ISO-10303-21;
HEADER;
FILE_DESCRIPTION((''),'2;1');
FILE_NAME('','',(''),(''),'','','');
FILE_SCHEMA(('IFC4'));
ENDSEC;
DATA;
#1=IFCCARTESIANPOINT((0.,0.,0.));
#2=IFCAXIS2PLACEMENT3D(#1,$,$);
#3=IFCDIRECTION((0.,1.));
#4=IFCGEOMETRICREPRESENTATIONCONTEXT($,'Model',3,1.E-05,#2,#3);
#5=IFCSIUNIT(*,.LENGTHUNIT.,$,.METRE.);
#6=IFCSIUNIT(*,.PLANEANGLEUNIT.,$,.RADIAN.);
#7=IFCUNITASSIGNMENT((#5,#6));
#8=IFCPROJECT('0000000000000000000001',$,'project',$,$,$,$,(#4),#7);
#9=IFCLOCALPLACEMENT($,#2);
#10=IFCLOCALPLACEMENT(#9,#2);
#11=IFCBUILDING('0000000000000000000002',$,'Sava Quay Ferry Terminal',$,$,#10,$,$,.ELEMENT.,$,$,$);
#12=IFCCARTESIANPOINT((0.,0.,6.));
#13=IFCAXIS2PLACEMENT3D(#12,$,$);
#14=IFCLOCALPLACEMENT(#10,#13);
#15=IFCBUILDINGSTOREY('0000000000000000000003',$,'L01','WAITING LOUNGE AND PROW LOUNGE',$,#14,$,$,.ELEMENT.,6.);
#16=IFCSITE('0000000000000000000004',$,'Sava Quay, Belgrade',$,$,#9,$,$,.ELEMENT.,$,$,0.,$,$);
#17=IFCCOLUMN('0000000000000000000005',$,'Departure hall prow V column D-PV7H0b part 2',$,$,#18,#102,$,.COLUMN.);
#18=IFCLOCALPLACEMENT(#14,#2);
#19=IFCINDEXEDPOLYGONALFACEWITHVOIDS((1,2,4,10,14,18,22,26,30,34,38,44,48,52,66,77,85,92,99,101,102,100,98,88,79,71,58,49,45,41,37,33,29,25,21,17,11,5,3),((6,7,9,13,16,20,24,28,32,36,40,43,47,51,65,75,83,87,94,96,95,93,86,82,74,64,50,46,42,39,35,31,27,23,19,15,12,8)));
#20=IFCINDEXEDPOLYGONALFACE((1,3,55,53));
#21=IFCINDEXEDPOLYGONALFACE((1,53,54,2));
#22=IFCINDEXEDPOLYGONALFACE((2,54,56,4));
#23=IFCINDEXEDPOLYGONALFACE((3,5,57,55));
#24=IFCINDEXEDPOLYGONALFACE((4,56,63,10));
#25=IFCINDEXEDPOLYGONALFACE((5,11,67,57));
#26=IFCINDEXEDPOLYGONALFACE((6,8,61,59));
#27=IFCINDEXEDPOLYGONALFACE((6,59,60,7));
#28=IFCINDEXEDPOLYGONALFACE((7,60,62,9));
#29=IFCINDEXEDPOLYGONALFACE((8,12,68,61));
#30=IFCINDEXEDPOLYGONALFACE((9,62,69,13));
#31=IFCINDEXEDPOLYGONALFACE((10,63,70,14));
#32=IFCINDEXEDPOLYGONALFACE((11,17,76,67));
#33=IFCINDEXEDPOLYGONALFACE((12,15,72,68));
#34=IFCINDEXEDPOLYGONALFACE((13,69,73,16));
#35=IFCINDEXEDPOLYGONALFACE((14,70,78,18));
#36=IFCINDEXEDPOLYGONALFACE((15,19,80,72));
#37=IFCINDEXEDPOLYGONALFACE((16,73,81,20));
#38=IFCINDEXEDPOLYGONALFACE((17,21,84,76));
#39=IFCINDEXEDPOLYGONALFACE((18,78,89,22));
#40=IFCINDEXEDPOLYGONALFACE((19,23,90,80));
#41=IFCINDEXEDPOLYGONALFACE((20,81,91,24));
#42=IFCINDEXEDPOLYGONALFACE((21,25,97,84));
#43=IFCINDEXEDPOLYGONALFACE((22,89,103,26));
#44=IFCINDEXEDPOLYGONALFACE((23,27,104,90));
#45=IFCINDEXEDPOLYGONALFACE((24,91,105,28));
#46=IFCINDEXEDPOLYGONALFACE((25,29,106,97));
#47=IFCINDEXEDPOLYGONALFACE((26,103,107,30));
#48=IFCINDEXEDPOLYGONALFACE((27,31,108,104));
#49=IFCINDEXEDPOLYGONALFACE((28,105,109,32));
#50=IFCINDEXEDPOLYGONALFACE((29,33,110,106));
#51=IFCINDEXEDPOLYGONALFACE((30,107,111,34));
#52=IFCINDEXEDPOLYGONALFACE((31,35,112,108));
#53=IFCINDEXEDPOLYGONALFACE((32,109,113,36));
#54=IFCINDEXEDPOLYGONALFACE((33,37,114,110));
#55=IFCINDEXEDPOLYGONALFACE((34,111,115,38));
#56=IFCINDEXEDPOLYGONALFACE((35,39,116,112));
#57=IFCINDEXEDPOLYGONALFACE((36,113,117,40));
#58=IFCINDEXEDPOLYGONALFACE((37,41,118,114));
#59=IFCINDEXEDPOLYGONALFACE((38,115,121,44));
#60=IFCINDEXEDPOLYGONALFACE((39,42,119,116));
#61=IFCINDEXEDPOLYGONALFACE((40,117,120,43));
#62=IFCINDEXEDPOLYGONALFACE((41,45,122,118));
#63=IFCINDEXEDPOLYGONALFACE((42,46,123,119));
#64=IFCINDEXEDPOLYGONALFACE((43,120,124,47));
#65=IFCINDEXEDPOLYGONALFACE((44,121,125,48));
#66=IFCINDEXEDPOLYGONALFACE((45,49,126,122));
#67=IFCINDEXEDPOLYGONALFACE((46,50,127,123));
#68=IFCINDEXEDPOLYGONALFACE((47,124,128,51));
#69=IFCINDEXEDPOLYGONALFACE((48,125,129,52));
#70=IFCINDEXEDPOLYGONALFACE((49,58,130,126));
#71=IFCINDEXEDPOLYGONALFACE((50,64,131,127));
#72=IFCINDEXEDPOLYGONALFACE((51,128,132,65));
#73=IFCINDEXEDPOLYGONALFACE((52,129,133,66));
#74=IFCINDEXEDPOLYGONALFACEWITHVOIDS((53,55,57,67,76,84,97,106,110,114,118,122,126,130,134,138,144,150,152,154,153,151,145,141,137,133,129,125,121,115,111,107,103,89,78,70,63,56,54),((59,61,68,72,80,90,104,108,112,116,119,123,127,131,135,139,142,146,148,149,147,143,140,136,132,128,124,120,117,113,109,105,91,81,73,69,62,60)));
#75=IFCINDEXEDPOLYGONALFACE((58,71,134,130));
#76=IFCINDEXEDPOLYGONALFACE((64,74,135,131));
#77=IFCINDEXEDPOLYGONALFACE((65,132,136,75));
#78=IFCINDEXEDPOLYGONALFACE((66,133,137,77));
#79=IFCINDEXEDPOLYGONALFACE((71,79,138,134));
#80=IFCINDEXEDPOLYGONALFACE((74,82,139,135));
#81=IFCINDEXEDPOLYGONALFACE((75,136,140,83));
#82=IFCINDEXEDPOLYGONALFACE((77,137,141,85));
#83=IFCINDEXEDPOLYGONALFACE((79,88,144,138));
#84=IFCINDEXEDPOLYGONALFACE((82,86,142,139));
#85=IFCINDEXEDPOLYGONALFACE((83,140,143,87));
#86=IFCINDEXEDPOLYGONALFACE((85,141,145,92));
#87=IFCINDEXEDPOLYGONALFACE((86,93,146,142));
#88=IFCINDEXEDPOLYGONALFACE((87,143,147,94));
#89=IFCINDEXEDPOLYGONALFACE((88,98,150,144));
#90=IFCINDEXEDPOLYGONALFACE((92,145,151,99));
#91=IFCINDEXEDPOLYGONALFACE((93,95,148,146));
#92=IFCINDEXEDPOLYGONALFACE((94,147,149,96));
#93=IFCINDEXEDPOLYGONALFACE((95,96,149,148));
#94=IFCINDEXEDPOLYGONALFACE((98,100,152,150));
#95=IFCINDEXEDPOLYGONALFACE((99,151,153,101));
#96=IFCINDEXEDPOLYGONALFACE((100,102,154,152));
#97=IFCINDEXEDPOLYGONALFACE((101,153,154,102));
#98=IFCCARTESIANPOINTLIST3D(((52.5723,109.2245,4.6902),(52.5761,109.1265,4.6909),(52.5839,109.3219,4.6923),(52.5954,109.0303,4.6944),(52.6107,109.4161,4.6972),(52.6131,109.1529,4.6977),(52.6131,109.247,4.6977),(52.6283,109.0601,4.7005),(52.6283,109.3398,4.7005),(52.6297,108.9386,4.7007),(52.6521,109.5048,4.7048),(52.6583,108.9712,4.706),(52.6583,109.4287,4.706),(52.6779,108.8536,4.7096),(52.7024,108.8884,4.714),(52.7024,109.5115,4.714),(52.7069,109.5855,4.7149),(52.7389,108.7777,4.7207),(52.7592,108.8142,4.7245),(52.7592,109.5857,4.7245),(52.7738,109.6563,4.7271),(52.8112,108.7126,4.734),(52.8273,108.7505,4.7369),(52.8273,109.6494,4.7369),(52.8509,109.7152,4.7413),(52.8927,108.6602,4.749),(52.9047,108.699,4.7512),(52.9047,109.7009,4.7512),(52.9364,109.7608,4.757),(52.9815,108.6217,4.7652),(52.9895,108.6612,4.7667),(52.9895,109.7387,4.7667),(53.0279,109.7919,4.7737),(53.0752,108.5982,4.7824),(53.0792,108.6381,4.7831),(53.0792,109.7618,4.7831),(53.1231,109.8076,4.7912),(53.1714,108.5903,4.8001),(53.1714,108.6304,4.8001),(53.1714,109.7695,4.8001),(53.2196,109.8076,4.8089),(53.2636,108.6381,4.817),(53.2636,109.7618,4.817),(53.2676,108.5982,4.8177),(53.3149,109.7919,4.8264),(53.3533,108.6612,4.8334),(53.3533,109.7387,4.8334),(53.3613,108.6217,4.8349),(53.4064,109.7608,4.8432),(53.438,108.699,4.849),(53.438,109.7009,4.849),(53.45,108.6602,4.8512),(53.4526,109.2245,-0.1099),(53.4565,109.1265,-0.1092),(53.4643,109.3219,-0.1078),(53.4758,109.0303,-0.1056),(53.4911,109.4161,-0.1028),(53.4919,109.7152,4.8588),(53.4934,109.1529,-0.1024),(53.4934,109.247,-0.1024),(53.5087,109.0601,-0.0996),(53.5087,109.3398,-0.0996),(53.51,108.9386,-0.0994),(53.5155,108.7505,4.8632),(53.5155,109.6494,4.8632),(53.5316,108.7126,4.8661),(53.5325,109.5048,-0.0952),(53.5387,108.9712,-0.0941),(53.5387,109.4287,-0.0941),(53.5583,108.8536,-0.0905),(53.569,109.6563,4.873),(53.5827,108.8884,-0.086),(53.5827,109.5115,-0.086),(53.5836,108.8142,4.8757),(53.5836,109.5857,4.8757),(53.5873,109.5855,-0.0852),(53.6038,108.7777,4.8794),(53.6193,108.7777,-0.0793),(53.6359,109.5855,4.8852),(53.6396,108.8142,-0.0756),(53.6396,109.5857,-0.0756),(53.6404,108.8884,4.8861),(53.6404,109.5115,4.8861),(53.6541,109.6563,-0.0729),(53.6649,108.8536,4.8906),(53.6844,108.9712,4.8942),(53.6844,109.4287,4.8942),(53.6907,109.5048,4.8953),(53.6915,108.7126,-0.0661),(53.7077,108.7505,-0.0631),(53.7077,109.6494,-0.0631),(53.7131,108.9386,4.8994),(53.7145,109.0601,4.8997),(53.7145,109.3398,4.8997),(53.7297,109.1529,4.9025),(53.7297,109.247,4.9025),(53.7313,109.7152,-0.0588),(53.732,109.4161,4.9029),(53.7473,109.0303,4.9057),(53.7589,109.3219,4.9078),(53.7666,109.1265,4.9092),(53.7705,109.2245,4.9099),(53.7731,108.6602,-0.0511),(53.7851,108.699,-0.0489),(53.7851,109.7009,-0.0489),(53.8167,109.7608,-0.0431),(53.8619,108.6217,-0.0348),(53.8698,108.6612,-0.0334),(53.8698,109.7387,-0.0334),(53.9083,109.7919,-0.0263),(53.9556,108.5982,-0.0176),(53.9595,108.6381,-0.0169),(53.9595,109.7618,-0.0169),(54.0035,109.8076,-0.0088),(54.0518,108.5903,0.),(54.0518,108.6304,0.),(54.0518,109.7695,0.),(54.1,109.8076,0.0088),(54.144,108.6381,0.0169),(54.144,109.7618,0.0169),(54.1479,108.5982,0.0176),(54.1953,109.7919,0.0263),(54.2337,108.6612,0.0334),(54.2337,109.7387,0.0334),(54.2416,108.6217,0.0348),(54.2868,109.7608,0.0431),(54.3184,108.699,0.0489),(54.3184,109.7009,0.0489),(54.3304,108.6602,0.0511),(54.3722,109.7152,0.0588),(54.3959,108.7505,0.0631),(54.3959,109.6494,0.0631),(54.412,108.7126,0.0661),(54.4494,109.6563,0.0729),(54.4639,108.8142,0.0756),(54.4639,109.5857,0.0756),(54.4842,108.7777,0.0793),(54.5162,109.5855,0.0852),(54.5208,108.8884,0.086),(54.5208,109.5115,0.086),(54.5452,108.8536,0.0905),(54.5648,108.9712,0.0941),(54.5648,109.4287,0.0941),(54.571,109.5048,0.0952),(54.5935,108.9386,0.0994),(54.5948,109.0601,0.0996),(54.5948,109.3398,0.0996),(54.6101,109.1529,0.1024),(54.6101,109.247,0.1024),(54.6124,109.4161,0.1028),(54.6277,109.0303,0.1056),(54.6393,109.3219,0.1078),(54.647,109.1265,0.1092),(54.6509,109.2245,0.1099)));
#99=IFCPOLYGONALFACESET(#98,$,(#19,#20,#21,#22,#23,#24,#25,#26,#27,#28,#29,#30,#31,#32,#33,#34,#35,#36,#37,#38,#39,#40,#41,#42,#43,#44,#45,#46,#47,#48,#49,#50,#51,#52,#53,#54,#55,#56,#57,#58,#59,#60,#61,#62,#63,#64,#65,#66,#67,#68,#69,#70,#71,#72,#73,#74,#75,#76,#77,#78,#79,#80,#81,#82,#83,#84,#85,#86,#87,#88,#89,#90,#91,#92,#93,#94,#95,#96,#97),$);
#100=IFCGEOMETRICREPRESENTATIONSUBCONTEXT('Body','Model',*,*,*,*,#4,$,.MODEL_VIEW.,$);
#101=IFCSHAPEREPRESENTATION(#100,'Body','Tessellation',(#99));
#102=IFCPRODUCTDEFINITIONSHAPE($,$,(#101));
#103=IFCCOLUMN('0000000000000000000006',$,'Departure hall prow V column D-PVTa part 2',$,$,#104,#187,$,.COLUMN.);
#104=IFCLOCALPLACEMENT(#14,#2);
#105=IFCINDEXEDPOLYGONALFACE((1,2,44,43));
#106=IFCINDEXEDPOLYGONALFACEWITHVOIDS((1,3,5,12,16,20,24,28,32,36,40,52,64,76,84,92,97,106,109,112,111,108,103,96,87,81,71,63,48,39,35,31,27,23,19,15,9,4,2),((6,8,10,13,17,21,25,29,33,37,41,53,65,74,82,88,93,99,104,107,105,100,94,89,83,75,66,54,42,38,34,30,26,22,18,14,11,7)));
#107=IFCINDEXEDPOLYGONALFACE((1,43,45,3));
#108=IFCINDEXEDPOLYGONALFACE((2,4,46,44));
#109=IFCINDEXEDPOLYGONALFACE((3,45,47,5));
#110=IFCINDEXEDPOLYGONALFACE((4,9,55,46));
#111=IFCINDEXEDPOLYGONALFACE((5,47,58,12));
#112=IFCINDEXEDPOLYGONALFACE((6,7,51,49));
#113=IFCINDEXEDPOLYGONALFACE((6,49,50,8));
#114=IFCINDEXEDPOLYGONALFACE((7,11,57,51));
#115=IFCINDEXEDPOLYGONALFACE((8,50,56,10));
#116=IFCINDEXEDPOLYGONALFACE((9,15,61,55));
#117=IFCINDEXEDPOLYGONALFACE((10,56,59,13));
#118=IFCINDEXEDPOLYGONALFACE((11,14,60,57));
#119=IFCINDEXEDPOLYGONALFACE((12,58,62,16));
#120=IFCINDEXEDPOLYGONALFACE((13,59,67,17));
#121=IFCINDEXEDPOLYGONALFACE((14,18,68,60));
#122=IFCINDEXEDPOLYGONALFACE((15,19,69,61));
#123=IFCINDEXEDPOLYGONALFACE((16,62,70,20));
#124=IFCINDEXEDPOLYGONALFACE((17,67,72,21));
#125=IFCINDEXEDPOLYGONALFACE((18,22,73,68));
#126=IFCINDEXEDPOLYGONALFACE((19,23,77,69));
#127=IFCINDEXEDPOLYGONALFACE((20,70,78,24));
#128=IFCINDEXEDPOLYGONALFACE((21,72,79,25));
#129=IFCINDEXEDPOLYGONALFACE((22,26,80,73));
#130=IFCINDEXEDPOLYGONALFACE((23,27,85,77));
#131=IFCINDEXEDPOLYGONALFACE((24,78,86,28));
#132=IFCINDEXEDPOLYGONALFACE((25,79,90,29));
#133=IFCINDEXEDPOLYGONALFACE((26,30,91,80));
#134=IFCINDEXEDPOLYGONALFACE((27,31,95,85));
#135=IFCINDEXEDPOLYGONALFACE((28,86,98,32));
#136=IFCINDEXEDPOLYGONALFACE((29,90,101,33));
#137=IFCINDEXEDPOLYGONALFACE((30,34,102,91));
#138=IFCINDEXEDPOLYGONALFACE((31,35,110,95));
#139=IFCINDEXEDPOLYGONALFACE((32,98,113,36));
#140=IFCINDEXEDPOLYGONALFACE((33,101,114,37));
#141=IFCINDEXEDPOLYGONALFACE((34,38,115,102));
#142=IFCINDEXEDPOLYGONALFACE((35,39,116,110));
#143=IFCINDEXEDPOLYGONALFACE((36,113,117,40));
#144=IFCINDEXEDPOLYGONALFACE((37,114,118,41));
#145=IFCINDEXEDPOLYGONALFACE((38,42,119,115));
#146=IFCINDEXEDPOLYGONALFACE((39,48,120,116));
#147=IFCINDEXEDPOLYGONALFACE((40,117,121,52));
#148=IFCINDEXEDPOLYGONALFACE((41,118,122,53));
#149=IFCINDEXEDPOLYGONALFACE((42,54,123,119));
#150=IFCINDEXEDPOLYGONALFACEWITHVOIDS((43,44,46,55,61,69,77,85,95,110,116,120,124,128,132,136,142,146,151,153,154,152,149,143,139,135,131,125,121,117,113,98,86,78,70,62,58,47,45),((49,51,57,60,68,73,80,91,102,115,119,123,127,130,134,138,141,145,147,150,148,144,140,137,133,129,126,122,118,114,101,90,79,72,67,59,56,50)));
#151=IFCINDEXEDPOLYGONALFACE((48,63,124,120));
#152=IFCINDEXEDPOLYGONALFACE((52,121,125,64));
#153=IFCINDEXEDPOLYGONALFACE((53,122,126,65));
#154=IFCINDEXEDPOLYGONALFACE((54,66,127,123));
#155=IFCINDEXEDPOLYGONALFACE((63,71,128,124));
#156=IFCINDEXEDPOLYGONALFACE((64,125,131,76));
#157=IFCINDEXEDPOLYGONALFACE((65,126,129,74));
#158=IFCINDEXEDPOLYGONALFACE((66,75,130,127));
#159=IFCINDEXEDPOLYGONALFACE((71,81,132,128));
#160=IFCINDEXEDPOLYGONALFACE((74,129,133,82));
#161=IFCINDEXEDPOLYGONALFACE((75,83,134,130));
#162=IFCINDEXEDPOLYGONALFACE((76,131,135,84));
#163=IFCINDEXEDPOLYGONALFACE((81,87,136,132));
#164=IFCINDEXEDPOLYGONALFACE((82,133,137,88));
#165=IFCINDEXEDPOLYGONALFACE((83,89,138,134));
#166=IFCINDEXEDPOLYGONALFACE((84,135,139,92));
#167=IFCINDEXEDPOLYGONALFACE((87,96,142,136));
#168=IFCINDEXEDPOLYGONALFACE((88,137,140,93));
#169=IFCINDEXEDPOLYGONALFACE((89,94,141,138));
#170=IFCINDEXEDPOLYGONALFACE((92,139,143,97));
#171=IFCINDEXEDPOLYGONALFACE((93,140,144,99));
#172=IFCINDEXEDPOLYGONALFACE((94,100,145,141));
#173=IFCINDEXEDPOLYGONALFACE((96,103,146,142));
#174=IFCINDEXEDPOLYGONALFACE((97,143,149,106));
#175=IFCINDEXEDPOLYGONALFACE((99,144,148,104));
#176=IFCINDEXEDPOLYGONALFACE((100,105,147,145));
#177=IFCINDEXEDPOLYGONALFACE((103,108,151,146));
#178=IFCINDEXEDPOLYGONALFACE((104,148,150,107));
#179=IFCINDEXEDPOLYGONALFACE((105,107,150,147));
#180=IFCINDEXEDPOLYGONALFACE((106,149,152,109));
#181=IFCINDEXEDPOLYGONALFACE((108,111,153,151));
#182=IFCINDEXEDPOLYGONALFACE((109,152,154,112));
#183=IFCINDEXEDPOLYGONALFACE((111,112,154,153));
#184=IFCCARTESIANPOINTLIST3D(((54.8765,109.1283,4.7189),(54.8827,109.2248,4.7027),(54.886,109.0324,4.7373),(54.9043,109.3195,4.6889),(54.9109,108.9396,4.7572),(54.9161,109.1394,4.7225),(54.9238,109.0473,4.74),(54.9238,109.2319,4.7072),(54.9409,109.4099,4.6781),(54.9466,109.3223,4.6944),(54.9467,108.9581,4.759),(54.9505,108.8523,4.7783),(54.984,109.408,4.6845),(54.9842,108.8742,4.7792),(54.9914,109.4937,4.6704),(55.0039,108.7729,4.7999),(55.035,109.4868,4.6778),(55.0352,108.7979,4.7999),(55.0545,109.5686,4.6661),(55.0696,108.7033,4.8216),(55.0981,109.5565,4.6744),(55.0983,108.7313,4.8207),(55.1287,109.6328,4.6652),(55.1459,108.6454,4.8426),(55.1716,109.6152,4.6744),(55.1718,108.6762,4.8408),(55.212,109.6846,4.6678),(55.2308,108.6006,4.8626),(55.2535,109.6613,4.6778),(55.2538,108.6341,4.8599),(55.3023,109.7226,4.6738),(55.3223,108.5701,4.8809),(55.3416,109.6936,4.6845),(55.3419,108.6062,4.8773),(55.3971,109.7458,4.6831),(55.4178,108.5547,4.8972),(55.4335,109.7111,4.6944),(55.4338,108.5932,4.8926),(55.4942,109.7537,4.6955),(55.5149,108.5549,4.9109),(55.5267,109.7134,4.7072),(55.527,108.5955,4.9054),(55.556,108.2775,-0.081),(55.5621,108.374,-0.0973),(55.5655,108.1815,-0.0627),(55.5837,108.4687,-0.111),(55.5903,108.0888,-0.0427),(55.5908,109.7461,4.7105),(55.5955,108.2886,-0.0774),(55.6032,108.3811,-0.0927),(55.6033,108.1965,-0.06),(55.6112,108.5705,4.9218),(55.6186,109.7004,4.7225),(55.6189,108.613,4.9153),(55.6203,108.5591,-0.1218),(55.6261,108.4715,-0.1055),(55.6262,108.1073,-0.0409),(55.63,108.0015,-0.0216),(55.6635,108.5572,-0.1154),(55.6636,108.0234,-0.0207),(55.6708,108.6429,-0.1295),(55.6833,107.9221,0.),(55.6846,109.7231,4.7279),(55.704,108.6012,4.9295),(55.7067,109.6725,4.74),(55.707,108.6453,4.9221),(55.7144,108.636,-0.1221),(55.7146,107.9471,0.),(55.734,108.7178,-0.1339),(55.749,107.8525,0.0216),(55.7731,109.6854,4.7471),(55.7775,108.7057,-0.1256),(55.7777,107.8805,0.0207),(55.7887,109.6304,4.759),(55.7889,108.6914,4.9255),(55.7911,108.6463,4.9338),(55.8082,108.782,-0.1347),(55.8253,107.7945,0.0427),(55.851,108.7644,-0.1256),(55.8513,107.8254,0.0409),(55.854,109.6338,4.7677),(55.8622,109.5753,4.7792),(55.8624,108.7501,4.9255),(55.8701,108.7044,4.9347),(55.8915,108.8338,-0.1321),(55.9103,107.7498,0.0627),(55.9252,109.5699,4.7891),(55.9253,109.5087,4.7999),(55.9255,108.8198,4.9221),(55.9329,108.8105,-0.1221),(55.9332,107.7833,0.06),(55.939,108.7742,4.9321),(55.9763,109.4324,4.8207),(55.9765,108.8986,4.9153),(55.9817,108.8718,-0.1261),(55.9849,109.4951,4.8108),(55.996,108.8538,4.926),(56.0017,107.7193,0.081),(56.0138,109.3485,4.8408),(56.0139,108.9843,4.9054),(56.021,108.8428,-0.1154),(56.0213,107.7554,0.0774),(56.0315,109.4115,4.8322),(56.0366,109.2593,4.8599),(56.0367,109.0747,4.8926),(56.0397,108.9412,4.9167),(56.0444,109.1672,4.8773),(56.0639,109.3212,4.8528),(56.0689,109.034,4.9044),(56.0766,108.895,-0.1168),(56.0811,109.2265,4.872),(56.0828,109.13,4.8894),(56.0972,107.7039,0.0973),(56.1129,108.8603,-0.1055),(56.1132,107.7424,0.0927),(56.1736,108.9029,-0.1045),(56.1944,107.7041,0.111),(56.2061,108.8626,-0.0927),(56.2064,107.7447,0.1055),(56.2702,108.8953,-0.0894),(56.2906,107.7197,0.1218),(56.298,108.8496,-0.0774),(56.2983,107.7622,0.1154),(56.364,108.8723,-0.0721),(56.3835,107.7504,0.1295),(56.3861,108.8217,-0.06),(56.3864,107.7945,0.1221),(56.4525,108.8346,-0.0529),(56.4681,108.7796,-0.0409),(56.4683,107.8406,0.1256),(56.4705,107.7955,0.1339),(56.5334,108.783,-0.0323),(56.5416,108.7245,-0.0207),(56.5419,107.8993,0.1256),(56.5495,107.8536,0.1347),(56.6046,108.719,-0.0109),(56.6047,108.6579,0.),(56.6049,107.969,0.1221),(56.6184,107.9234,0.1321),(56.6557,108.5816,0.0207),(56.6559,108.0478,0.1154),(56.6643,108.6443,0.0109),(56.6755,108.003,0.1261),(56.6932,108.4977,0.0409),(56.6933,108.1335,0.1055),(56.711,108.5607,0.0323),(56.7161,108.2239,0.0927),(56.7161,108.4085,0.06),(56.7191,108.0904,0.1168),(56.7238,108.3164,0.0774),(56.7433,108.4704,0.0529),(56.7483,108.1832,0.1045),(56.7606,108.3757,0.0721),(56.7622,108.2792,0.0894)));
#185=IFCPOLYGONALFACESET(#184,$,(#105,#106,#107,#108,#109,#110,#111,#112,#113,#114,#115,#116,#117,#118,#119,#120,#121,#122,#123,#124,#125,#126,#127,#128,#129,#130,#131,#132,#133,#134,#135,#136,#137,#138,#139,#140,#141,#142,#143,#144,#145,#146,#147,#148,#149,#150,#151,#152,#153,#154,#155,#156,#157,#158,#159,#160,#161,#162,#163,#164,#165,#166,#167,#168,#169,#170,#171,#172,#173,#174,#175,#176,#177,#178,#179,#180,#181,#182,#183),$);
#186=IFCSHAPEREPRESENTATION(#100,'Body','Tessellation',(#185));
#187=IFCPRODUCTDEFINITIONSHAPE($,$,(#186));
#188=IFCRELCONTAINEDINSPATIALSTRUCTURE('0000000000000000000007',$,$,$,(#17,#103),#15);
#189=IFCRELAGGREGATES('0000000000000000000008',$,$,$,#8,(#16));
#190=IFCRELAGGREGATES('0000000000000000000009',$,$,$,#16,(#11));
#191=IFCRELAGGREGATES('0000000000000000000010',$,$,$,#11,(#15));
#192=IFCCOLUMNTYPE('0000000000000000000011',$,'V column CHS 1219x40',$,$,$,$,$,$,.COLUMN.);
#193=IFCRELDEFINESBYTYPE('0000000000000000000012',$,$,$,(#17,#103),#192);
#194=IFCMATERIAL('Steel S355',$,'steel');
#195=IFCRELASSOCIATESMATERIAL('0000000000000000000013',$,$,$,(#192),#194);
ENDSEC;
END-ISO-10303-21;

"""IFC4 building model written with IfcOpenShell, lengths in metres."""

from ifc_helpers import new_model, si_unit, direction, frame, origin, origin_2d, place, context, subcontext, project, spatial, hollow_circle, extrude, material, material_profile, profile_set, type_object, element, save


model = new_model("IFC4")

# Units and contexts
model_context = context("Model", 3, precision=1e-05, world=origin(), true_north=direction((0.0, 1.0)))
body_context = subcontext(model_context, "Body", "Model", "MODEL_VIEW")
ifc_project = project(units=[si_unit("LENGTHUNIT", "METRE"), si_unit("PLANEANGLEUNIT", "RADIAN")], contexts=[model_context])

# Site, building, storey
site_placement = place(None, origin())
site = spatial("IfcSite", under=ifc_project, at=site_placement, Name="Sava Quay, Belgrade", CompositionType="ELEMENT", RefElevation=0.0)
building_placement = place(site_placement, origin())
building = spatial("IfcBuilding", under=site, at=building_placement, Name="Sava Quay Ferry Terminal", CompositionType="ELEMENT")
storey_placement = place(building_placement, frame((0.0, 0.0, 6.0)))
storey = spatial("IfcBuildingStorey", under=building, at=storey_placement, Name="L01", Description="WAITING LOUNGE AND PROW LOUNGE", CompositionType="ELEMENT", Elevation=6.0)

# Columns
ifc_material_1 = material(Name="Steel S355", Category="steel")
ifc_material_profile_1 = material_profile(ifc_material_1, hollow_circle(Radius=0.6096, WallThickness=0.04, at=origin_2d()), Name="CHS 1219 x 40.0")
ifc_profile_set_1 = profile_set([ifc_material_profile_1], Name="Steel S355")
column_type = type_object("IfcColumnType", Name="V column CHS 1219x40", PredefinedType="COLUMN", material=ifc_profile_set_1)
column_1_placement = place(storey_placement, frame((54.0518, 109.2, 0.0), z_axis=(-0.1804, 0.0, 0.983593), x_axis=(0.0, -1.0, 0.0)))
element("IfcColumn", 1, at=column_1_placement, inside=storey, type_object=column_type, Name="Departure hall prow V column D-PV7H0b part 2", PredefinedType="COLUMN", context=body_context, shape_type="SweptSolid", body=[
    extrude(hollow_circle(Radius=0.6096, WallThickness=0.04, at=origin_2d()), origin(), (0.0, 0.0, 1.0), 4.8801),
])
column_2_placement = place(storey_placement, frame((56.1597, 108.3025, 0.0), z_axis=(-0.138042, 0.172863, 0.975224), x_axis=(-0.781415, -0.624011, 0.0)))
element("IfcColumn", 2, at=column_2_placement, inside=storey, type_object=column_type, Name="Departure hall prow V column D-PVTa part 2", PredefinedType="COLUMN", context=body_context, shape_type="SweptSolid", body=[
    extrude(hollow_circle(Radius=0.6096, WallThickness=0.04, at=origin_2d()), origin(), (0.0, 0.0, 1.0), 4.9219),
])

save(model, "model.ifc")
